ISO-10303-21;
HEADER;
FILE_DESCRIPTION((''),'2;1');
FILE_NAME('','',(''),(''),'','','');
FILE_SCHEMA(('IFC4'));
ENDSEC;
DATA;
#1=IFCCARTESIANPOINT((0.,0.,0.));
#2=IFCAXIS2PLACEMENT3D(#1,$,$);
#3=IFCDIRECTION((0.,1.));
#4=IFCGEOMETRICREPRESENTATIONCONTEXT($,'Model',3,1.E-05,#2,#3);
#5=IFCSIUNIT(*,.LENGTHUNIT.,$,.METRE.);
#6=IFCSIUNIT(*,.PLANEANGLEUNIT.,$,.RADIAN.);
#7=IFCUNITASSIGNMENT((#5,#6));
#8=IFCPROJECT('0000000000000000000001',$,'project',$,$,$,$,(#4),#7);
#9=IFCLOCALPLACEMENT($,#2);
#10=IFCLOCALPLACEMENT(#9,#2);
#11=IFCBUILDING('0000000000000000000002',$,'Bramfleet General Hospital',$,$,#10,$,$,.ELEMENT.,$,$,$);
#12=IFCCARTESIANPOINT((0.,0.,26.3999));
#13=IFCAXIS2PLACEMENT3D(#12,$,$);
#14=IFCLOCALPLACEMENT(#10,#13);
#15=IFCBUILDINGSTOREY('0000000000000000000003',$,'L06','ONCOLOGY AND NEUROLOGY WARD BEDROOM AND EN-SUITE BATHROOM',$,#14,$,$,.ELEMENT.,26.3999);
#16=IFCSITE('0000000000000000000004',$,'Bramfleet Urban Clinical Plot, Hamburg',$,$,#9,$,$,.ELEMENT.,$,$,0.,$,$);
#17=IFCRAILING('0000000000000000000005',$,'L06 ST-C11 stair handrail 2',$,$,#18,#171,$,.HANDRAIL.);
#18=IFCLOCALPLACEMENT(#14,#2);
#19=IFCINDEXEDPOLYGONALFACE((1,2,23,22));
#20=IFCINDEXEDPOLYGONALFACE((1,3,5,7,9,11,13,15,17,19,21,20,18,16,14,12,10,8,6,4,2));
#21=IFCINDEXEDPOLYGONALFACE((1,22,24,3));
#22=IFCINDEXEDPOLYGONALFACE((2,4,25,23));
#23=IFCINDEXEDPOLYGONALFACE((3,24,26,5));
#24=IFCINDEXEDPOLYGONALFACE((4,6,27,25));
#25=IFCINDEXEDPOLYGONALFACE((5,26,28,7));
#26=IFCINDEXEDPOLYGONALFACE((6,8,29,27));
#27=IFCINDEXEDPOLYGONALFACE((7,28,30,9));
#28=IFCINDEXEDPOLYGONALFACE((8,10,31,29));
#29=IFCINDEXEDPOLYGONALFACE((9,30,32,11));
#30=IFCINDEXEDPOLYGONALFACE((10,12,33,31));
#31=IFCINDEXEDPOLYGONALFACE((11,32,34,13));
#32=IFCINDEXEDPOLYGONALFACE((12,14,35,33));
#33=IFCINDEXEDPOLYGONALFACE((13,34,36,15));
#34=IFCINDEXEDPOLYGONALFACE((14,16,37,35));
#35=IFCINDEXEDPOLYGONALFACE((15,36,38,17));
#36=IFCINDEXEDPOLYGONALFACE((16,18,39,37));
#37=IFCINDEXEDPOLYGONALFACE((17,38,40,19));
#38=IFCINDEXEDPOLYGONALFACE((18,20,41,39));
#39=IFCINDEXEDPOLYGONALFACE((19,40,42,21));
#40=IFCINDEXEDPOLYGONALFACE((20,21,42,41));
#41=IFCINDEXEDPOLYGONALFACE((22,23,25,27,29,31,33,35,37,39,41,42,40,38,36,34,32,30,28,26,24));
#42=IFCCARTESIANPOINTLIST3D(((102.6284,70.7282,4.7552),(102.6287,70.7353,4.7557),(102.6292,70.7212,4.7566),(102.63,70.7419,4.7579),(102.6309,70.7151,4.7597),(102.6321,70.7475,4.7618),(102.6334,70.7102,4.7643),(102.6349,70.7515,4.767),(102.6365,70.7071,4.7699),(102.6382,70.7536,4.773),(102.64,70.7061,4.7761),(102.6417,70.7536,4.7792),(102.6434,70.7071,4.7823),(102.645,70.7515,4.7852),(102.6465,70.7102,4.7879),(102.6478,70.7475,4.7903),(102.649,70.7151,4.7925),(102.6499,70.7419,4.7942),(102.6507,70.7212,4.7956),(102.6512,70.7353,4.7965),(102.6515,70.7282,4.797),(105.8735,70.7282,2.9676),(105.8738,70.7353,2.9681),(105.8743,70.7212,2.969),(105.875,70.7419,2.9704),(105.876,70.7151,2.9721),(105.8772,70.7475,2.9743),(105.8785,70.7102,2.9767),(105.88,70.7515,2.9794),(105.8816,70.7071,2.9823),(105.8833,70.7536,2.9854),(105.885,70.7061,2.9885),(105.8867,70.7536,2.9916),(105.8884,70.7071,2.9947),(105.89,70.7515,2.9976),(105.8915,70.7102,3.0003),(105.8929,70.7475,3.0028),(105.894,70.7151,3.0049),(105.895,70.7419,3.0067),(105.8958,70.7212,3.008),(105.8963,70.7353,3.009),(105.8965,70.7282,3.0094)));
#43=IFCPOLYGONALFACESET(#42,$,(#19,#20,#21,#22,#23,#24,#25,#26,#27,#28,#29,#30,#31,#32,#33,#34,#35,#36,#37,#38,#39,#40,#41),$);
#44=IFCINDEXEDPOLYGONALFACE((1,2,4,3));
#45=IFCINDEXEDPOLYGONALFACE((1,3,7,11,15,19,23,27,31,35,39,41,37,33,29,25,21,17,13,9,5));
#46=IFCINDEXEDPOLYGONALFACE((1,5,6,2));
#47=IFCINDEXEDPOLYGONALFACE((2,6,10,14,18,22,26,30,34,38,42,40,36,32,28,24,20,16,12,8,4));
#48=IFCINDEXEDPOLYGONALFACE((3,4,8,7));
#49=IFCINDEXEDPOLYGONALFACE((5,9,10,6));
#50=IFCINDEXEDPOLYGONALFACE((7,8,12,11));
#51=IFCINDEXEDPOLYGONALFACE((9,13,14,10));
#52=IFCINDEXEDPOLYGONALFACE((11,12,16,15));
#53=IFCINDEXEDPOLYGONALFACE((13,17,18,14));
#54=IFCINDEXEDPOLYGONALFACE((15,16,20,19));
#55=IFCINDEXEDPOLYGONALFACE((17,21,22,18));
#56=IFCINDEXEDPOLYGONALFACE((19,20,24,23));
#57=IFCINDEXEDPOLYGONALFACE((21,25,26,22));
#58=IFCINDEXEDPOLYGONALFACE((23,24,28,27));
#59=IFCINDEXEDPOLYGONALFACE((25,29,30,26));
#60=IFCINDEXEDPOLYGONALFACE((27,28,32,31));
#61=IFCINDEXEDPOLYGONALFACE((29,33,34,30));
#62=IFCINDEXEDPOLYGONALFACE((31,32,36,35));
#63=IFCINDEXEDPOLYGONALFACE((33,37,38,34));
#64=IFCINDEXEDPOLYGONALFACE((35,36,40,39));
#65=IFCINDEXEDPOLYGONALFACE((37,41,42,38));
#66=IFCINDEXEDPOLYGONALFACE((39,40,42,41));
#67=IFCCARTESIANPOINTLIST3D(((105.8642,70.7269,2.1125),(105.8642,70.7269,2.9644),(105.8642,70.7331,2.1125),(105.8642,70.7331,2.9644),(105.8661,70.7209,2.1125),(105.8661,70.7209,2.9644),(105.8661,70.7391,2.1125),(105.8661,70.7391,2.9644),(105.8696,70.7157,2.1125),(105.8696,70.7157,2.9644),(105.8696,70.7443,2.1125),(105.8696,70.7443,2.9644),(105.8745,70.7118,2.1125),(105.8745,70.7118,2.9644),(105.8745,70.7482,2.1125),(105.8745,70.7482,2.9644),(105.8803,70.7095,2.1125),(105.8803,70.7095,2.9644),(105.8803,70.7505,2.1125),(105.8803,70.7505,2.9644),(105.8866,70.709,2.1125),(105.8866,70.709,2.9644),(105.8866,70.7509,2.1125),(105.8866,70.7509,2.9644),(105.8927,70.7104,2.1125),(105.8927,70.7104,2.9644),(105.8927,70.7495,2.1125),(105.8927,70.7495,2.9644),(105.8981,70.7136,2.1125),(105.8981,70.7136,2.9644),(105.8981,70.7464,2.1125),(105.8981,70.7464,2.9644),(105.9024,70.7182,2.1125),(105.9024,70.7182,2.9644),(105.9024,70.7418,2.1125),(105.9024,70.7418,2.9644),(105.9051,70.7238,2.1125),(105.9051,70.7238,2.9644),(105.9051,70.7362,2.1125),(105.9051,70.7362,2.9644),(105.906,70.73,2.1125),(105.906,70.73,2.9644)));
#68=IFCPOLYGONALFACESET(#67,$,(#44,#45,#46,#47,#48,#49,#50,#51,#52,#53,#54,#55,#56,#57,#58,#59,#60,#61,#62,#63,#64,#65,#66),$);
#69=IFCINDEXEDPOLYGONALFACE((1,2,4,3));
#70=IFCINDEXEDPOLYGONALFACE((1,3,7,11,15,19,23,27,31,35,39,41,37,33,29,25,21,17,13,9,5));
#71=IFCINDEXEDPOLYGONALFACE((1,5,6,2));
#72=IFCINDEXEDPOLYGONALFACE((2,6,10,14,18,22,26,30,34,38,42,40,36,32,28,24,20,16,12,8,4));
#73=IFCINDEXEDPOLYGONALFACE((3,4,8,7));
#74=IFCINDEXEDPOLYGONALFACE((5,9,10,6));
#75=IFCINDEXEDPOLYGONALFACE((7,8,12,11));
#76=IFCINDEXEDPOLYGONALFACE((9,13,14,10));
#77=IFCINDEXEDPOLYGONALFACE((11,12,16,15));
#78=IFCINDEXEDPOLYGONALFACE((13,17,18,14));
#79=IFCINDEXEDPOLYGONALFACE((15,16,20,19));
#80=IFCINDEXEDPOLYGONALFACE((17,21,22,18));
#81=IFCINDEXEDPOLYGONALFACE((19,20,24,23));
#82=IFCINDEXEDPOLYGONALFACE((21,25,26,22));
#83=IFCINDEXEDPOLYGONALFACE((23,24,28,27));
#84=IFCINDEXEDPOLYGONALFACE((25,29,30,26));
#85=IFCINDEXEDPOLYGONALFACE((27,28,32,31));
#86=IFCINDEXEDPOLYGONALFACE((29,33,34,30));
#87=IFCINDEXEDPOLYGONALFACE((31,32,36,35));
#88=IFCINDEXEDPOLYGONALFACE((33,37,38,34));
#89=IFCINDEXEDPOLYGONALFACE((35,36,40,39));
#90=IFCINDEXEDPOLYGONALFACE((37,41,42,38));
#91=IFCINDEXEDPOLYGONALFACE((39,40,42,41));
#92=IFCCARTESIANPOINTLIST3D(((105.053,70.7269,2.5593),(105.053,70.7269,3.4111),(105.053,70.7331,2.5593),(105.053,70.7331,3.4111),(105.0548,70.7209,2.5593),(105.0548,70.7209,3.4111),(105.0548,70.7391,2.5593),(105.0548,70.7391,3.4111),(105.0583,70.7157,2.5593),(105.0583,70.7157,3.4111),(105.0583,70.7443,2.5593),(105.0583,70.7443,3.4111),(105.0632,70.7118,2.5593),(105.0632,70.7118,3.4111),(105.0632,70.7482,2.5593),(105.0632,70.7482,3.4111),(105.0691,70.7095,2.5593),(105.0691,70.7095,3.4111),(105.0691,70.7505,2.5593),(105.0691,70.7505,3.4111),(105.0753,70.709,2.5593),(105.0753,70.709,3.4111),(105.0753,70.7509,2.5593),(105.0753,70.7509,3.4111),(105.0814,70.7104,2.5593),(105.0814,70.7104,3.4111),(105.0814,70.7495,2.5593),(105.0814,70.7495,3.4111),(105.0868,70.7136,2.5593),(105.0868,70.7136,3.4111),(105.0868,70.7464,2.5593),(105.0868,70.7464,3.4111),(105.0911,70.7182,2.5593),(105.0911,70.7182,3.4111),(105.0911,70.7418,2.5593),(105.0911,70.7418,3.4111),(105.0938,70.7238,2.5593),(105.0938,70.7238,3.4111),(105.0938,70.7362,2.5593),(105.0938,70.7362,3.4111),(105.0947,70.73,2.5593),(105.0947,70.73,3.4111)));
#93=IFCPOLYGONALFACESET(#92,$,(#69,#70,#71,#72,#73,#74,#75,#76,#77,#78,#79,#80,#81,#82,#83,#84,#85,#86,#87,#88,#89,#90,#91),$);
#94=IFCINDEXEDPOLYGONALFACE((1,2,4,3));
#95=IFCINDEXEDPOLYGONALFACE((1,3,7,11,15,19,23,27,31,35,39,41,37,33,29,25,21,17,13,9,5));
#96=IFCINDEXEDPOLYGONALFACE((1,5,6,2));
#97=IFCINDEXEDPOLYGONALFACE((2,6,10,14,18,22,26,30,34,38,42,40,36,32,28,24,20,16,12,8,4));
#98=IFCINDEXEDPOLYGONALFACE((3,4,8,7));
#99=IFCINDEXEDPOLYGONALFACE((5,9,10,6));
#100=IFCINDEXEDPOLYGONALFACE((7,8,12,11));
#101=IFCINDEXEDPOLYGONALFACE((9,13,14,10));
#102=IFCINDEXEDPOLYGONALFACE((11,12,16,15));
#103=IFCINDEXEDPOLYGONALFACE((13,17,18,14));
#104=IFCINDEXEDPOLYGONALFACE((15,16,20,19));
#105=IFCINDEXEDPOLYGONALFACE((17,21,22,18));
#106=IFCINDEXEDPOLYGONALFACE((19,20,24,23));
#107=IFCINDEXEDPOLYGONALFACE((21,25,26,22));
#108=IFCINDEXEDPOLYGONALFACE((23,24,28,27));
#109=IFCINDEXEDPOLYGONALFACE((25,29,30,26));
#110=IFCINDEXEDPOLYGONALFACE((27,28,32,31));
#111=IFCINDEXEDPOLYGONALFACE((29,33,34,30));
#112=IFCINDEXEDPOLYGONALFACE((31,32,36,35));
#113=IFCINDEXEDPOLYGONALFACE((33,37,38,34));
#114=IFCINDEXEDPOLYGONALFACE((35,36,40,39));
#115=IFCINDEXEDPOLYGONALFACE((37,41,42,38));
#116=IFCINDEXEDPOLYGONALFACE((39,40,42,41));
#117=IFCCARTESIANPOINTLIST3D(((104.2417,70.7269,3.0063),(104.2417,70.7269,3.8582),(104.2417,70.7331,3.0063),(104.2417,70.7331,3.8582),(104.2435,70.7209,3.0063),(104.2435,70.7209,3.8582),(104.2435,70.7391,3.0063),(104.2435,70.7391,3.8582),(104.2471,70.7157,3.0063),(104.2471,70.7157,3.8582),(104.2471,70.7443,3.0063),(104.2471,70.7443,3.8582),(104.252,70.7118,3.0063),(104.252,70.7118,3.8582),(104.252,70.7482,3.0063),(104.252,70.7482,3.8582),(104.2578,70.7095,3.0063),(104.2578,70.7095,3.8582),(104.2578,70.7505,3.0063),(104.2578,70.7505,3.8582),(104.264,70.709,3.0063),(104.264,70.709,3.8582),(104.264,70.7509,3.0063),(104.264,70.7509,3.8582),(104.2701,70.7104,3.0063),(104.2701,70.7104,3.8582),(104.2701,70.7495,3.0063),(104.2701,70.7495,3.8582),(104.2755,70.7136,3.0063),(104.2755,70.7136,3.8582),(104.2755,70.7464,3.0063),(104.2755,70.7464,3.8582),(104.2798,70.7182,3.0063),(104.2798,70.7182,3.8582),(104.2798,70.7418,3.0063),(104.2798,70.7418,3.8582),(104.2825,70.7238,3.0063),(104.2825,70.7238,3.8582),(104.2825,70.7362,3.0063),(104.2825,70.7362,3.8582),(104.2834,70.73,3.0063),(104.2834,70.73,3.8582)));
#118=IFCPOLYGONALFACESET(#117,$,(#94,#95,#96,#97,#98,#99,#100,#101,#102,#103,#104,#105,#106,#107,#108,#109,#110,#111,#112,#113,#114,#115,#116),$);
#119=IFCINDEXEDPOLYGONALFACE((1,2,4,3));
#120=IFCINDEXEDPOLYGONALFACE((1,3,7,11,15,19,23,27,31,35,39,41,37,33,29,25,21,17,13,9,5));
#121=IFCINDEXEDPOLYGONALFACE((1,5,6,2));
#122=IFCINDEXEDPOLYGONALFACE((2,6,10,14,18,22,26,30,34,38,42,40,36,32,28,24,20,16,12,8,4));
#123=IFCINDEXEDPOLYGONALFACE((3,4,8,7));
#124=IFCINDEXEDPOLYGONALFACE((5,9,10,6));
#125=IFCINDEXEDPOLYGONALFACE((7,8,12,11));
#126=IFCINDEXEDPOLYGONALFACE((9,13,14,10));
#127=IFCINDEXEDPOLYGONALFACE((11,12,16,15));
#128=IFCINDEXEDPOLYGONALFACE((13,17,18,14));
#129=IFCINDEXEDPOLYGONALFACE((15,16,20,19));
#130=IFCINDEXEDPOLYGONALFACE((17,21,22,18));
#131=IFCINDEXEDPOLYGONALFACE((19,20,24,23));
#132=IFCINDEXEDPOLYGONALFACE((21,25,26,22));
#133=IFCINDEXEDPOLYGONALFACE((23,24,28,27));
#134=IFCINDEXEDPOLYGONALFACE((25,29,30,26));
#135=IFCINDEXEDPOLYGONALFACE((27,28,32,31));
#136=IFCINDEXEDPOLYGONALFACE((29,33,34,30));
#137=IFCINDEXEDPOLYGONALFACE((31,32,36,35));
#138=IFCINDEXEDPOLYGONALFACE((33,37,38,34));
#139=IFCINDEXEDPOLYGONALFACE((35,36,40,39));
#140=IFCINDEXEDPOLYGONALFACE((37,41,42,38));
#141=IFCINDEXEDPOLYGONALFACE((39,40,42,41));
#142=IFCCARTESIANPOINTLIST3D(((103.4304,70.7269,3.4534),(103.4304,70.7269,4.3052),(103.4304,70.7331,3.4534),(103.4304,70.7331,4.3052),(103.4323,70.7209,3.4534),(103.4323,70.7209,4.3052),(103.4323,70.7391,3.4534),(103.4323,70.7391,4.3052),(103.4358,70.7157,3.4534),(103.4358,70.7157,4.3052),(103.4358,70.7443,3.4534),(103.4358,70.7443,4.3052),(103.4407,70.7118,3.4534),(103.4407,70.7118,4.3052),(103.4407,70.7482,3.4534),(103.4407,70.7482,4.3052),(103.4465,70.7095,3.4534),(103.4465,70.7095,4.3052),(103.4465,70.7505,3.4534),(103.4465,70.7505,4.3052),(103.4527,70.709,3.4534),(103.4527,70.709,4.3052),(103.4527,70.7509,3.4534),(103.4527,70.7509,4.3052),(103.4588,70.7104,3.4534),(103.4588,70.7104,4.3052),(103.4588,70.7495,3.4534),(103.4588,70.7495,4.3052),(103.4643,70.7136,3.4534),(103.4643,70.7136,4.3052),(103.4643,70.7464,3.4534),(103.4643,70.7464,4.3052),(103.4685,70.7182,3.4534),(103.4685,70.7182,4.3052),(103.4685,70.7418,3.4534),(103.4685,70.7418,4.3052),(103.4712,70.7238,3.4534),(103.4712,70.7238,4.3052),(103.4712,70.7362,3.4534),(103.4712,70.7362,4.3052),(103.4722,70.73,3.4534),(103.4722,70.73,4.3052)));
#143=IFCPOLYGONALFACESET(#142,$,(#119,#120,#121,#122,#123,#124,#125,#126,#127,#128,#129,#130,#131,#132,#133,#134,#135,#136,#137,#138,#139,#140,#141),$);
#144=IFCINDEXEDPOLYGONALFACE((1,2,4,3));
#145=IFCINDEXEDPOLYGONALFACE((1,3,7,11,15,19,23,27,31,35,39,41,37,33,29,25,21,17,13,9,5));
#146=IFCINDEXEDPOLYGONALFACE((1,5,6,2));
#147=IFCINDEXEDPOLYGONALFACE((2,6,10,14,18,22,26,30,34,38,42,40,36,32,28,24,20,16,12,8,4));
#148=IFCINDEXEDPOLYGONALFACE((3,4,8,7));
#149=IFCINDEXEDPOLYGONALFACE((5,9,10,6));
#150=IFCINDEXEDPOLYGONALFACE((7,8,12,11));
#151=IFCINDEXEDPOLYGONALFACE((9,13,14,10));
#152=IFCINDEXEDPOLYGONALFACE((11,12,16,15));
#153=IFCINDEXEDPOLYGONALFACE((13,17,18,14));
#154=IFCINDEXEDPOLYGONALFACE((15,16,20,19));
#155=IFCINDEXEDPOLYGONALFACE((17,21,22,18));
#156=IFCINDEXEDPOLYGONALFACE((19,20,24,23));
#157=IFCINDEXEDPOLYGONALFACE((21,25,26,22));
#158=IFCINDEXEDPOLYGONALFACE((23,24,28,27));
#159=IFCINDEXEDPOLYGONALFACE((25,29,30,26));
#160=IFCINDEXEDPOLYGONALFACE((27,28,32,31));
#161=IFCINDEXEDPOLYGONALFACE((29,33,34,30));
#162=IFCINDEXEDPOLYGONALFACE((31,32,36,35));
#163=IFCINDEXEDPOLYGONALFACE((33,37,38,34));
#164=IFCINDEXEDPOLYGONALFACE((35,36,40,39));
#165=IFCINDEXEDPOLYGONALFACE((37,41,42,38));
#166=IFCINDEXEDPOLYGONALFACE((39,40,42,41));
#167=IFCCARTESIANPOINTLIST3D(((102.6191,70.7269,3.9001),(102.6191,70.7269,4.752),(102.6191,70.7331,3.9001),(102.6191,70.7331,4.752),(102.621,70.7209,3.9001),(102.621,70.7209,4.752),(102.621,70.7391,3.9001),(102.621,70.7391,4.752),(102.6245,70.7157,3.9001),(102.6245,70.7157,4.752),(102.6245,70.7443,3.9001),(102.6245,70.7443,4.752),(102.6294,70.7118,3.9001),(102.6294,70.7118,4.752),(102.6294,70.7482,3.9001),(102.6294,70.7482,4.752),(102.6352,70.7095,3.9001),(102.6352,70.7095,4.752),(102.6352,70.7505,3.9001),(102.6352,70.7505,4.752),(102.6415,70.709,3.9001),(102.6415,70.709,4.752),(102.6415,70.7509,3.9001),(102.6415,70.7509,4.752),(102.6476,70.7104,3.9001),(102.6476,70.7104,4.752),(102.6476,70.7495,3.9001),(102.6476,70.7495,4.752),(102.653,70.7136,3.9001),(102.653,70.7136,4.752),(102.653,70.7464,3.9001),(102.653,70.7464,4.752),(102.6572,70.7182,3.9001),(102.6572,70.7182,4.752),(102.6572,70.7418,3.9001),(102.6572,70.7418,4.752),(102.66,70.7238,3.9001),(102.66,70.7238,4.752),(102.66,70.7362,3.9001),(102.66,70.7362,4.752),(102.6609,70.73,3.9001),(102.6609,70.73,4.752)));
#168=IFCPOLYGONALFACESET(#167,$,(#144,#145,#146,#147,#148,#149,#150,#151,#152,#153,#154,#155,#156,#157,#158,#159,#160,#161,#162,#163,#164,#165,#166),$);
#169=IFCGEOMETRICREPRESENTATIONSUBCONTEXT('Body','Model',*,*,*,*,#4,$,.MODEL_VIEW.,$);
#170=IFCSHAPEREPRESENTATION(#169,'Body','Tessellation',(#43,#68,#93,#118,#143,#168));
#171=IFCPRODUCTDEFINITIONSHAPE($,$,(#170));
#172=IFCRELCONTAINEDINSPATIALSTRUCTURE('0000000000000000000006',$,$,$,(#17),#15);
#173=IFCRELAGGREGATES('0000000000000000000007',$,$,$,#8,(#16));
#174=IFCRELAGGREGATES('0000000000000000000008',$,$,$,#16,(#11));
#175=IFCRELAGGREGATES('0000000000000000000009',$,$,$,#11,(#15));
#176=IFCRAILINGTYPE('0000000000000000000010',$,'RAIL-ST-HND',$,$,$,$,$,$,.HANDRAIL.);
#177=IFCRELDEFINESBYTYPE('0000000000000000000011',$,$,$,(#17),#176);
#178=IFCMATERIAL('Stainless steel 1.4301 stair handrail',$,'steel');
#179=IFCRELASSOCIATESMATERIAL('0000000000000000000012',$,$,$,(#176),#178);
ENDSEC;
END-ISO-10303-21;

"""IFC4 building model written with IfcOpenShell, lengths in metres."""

from ifc_helpers import new_model, si_unit, direction, frame, origin, origin_2d, place, context, subcontext, project, spatial, circle, extrude, material, type_object, element, save


model = new_model("IFC4")

# Units and contexts
model_context = context("Model", 3, precision=1e-05, world=origin(), true_north=direction((0.0, 1.0)))
body_context = subcontext(model_context, "Body", "Model", "MODEL_VIEW")
ifc_project = project(units=[si_unit("LENGTHUNIT", "METRE"), si_unit("PLANEANGLEUNIT", "RADIAN")], contexts=[model_context])

# Site, building, storey
site_placement = place(None, origin())
site = spatial("IfcSite", under=ifc_project, at=site_placement, Name="Bramfleet Urban Clinical Plot, Hamburg", CompositionType="ELEMENT", RefElevation=0.0)
building_placement = place(site_placement, origin())
building = spatial("IfcBuilding", under=site, at=building_placement, Name="Bramfleet General Hospital", CompositionType="ELEMENT")
storey_placement = place(building_placement, frame((0.0, 0.0, 26.3999)))
storey = spatial("IfcBuildingStorey", under=building, at=storey_placement, Name="L06", Description="ONCOLOGY AND NEUROLOGY WARD BEDROOM AND EN-SUITE BATHROOM", CompositionType="ELEMENT", Elevation=26.3999)

# Railing
ifc_material_1 = material(Name="Stainless steel 1.4301 stair handrail", Category="steel")
railing_type_1 = type_object("IfcRailingType", Name="RAIL-ST-HND", PredefinedType="HANDRAIL", material=ifc_material_1)
railing_1_placement = place(storey_placement, frame((105.885, 70.73, 2.1125)))
element("IfcRailing", 1, at=railing_1_placement, inside=storey, type_object=railing_type_1, Name="L06 ST-C11 stair handrail 2", PredefinedType="HANDRAIL", context=body_context, shape_type="SweptSolid", body=[
    extrude(circle(Radius=0.0239, at=origin_2d()), frame((0.0, 0.0, 0.876), z_axis=(-0.875899, 0.0, 0.482495), x_axis=(0.0, -1.0, 0.0)), (0.0, 0.0, 1.0), 3.7048),
    extrude(circle(Radius=0.021, at=origin_2d()), origin(), (0.0, 0.0, 1.0), 0.8518),
    extrude(circle(Radius=0.021, at=origin_2d()), frame((-0.8113, 0.0, 0.4468)), (0.0, 0.0, 1.0), 0.8518),
    extrude(circle(Radius=0.021, at=origin_2d()), frame((-1.6226, 0.0, 0.8938)), (0.0, 0.0, 1.0), 0.8518),
    extrude(circle(Radius=0.021, at=origin_2d()), frame((-2.4338, 0.0, 1.3408)), (0.0, 0.0, 1.0), 0.8518),
    extrude(circle(Radius=0.021, at=origin_2d()), frame((-3.2451, 0.0, 1.7876)), (0.0, 0.0, 1.0), 0.8518),
])

save(model, "model.ifc")
